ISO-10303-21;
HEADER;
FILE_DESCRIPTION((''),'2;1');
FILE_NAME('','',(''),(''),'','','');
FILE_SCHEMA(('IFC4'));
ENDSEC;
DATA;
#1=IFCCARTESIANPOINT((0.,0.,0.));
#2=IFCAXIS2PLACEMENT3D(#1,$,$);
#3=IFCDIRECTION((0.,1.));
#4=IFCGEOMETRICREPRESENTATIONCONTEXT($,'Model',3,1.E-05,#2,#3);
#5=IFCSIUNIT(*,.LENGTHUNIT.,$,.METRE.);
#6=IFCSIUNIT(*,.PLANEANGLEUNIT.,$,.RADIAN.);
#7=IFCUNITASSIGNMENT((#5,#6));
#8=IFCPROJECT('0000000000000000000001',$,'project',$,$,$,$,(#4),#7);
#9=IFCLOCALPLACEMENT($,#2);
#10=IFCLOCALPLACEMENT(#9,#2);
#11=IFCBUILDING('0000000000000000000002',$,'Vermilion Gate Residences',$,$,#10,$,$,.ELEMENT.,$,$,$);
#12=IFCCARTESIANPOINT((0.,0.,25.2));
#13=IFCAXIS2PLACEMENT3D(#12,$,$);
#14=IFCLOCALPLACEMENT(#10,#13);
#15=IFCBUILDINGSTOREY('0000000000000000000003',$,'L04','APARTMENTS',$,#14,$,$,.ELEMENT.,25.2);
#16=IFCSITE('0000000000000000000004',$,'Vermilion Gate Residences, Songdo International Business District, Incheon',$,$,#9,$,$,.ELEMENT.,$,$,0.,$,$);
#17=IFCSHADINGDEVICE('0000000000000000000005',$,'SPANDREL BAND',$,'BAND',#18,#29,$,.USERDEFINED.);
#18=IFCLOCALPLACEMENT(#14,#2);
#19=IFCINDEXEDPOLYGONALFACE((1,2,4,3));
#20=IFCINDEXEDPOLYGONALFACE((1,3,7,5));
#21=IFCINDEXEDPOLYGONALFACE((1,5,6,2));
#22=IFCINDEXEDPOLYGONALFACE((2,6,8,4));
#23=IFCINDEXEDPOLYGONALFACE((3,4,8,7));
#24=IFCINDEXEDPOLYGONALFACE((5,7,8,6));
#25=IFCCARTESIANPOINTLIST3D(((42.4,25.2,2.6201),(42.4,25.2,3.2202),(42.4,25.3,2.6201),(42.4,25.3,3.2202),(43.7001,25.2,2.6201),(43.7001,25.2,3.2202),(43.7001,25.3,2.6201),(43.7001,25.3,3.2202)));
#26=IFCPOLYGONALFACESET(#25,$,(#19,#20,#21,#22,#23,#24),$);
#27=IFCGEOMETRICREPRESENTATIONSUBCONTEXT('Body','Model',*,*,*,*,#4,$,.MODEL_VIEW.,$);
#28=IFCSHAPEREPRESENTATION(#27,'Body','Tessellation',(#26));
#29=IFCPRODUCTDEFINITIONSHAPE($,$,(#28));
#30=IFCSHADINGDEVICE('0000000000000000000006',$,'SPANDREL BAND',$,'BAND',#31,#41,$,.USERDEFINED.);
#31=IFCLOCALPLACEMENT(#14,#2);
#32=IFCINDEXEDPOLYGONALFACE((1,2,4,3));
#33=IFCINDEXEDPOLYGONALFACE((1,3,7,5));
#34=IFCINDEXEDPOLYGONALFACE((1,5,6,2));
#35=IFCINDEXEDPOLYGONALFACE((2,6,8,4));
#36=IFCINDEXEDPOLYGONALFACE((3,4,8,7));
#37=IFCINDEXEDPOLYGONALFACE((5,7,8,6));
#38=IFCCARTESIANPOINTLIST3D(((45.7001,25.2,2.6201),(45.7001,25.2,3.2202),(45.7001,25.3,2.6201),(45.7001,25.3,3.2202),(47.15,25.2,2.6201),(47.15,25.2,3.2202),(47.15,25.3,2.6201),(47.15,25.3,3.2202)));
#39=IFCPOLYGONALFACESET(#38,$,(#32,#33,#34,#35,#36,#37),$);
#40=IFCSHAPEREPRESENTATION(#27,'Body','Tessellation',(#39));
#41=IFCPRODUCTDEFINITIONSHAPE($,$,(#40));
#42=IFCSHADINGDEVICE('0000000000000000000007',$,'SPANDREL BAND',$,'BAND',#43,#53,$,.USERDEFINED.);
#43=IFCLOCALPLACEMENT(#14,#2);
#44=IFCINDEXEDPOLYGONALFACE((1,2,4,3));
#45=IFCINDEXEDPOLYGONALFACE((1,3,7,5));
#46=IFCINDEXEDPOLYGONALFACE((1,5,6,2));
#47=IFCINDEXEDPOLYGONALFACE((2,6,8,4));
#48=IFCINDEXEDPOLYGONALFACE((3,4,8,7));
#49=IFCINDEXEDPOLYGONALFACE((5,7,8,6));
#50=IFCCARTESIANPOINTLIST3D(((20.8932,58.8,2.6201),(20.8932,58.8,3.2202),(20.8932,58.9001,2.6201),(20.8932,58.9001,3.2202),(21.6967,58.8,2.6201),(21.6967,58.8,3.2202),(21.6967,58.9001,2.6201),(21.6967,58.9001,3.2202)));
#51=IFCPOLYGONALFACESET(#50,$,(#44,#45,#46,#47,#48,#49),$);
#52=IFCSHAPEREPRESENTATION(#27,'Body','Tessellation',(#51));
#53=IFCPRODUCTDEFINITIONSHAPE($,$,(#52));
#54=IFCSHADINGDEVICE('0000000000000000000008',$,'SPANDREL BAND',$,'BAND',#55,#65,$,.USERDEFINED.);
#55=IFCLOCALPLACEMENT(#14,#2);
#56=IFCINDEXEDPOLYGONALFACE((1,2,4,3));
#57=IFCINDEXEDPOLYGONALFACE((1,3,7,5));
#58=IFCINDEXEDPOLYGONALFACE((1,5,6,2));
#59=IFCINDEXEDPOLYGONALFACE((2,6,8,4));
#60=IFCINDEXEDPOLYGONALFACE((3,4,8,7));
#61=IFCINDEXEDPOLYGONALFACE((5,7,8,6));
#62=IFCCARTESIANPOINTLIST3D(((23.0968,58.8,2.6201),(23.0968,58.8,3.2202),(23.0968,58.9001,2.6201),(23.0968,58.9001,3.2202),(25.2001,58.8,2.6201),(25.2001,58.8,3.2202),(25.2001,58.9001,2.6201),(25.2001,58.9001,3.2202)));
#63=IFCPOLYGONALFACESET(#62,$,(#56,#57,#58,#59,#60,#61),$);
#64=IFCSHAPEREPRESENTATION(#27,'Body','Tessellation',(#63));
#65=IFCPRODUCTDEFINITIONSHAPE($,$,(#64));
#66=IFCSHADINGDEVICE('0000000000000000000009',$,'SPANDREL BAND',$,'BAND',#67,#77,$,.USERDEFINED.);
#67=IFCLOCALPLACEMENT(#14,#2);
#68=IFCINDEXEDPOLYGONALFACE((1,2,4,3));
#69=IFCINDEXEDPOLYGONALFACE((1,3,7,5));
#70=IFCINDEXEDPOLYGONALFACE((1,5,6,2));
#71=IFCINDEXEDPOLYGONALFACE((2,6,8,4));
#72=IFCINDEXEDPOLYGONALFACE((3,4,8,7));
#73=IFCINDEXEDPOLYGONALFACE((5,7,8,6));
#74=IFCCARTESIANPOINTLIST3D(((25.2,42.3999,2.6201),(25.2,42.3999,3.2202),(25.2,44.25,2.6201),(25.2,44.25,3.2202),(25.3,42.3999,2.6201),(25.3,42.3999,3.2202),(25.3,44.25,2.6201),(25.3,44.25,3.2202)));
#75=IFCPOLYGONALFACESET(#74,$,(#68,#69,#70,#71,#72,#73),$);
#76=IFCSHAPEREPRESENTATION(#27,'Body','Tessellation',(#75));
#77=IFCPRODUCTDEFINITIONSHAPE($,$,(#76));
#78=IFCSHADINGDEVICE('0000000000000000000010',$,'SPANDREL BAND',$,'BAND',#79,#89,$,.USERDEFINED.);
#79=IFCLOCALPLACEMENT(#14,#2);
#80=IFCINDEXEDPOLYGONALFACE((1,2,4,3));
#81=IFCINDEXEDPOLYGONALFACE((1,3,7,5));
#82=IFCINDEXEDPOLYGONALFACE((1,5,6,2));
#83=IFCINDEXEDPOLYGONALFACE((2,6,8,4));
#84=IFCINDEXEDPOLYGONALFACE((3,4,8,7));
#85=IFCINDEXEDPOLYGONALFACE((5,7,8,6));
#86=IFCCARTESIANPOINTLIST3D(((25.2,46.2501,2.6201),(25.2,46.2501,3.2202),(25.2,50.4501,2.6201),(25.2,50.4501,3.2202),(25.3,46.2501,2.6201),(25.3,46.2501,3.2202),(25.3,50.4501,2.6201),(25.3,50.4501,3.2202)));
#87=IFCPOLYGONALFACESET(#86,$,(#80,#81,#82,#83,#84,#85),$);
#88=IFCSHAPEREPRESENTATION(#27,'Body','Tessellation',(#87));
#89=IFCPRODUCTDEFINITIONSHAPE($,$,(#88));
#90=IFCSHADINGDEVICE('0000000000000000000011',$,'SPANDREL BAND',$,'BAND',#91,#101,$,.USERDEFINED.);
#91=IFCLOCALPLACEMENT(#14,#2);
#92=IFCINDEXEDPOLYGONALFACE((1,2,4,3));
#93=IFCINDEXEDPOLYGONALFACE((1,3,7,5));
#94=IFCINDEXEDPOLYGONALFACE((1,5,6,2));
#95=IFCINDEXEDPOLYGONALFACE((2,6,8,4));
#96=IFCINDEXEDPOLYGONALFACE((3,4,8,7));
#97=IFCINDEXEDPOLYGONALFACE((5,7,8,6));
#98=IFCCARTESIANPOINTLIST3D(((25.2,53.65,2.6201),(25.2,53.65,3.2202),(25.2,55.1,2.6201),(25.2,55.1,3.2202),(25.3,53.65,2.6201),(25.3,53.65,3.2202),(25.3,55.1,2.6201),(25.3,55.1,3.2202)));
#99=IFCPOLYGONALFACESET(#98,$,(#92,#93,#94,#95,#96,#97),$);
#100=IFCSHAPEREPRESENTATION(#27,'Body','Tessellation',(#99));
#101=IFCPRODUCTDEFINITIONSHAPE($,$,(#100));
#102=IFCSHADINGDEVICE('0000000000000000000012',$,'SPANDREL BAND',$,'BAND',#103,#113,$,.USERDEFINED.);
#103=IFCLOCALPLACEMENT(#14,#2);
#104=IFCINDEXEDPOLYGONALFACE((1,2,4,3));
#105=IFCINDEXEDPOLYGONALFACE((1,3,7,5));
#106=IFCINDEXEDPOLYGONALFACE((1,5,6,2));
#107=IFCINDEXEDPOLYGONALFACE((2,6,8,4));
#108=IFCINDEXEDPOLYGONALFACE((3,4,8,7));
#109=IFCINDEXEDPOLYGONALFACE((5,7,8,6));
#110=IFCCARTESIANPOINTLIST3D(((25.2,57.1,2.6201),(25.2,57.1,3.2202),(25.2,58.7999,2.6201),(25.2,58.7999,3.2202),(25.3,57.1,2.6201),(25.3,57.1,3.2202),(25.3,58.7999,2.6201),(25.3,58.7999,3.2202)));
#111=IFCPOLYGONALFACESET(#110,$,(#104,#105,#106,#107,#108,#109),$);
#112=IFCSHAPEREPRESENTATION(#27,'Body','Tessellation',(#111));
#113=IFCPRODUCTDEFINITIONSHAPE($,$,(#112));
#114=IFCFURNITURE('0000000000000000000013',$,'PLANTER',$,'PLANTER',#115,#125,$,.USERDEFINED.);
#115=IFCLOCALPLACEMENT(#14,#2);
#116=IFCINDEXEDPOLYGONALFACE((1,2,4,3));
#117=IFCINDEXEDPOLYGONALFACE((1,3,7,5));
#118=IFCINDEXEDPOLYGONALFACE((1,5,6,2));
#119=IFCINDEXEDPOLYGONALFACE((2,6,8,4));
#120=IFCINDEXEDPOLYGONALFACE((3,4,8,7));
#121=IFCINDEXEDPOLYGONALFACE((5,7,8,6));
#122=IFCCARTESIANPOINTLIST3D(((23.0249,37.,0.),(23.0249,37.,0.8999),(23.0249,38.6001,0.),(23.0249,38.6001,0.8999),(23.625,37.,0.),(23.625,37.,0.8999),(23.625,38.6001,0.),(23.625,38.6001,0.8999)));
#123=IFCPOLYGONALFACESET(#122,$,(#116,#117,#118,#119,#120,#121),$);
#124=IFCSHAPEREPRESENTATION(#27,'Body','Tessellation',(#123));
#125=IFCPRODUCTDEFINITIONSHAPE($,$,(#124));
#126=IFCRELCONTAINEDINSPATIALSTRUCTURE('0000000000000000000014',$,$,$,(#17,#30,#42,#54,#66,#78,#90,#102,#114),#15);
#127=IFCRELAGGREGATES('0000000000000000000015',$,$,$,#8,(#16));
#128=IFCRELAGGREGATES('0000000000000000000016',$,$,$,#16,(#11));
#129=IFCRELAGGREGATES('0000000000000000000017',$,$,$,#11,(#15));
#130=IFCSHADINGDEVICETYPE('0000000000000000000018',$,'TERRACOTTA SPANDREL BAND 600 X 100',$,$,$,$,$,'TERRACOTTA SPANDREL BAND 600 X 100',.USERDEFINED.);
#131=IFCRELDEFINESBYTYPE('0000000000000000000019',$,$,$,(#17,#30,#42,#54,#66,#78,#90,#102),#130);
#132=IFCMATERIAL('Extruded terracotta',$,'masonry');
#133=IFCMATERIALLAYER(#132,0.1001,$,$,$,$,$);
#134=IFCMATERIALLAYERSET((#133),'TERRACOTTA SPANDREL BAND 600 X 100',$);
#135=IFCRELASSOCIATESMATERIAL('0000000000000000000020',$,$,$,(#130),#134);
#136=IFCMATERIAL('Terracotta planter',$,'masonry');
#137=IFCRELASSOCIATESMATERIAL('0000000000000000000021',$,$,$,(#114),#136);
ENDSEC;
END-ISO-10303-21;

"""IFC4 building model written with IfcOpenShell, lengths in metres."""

from ifc_helpers import new_model, si_unit, direction, frame, origin, origin_2d, place, context, subcontext, project, spatial, rectangle, extrude, material, layer, layer_set, type_object, element, save


model = new_model("IFC4")

# Units and contexts
model_context = context("Model", 3, precision=1e-05, world=origin(), true_north=direction((0.0, 1.0)))
body_context = subcontext(model_context, "Body", "Model", "MODEL_VIEW")
ifc_project = project(units=[si_unit("LENGTHUNIT", "METRE"), si_unit("PLANEANGLEUNIT", "RADIAN")], contexts=[model_context])

# Site, building, storey
site_placement = place(None, origin())
site = spatial("IfcSite", under=ifc_project, at=site_placement, Name="Vermilion Gate Residences, Songdo International Business District, Incheon", CompositionType="ELEMENT", RefElevation=0.0)
building_placement = place(site_placement, origin())
building = spatial("IfcBuilding", under=site, at=building_placement, Name="Vermilion Gate Residences", CompositionType="ELEMENT")
storey_placement = place(building_placement, frame((0.0, 0.0, 25.2)))
storey = spatial("IfcBuildingStorey", under=building, at=storey_placement, Name="L04", Description="APARTMENTS", CompositionType="ELEMENT", Elevation=25.2)

# Shading devices
ifc_material_1 = material(Name="Extruded terracotta", Category="masonry")
ifc_layer_1 = layer(ifc_material_1, 0.1001)
ifc_layer_set_1 = layer_set([ifc_layer_1], Name="TERRACOTTA SPANDREL BAND 600 X 100")
shading_device_type_1 = type_object("IfcShadingDeviceType", Name="TERRACOTTA SPANDREL BAND 600 X 100", ElementType="TERRACOTTA SPANDREL BAND 600 X 100", PredefinedType="USERDEFINED", material=ifc_layer_set_1)
shading_device_1_placement = place(storey_placement, frame((43.05, 25.25, 2.6201), z_axis=(0.0, 0.0, 1.0), x_axis=(1.0, 0.0, 0.0)))
element("IfcShadingDevice", 1, at=shading_device_1_placement, inside=storey, type_object=shading_device_type_1, Name="SPANDREL BAND", ObjectType="BAND", PredefinedType="USERDEFINED", context=body_context, shape_type="SweptSolid", body=[
    extrude(rectangle(XDim=1.3, YDim=0.1001, at=origin_2d()), origin(), (0.0, 0.0, 1.0), 0.6001),
])
shading_device_2_placement = place(storey_placement, frame((46.425, 25.25, 2.6201), z_axis=(0.0, 0.0, 1.0), x_axis=(1.0, 0.0, 0.0)))
element("IfcShadingDevice", 2, at=shading_device_2_placement, inside=storey, type_object=shading_device_type_1, Name="SPANDREL BAND", ObjectType="BAND", PredefinedType="USERDEFINED", context=body_context, shape_type="SweptSolid", body=[
    extrude(rectangle(XDim=1.45, YDim=0.1001, at=origin_2d()), origin(), (0.0, 0.0, 1.0), 0.6001),
])
shading_device_3_placement = place(storey_placement, frame((21.2949, 58.8501, 2.6201), z_axis=(0.0, 0.0, 1.0), x_axis=(1.0, 0.0, 0.0)))
element("IfcShadingDevice", 3, at=shading_device_3_placement, inside=storey, type_object=shading_device_type_1, Name="SPANDREL BAND", ObjectType="BAND", PredefinedType="USERDEFINED", context=body_context, shape_type="SweptSolid", body=[
    extrude(rectangle(XDim=0.8035, YDim=0.1001, at=origin_2d()), origin(), (0.0, 0.0, 1.0), 0.6001),
])
shading_device_4_placement = place(storey_placement, frame((24.1484, 58.8501, 2.6201), z_axis=(0.0, 0.0, 1.0), x_axis=(1.0, 0.0, 0.0)))
element("IfcShadingDevice", 4, at=shading_device_4_placement, inside=storey, type_object=shading_device_type_1, Name="SPANDREL BAND", ObjectType="BAND", PredefinedType="USERDEFINED", context=body_context, shape_type="SweptSolid", body=[
    extrude(rectangle(XDim=2.1033, YDim=0.1001, at=origin_2d()), origin(), (0.0, 0.0, 1.0), 0.6001),
])
shading_device_5_placement = place(storey_placement, frame((25.25, 43.325, 2.6201), z_axis=(0.0, 0.0, 1.0), x_axis=(0.0, 1.0, 0.0)))
element("IfcShadingDevice", 5, at=shading_device_5_placement, inside=storey, type_object=shading_device_type_1, Name="SPANDREL BAND", ObjectType="BAND", PredefinedType="USERDEFINED", context=body_context, shape_type="SweptSolid", body=[
    extrude(rectangle(XDim=1.8501, YDim=0.1001, at=origin_2d()), origin(), (0.0, 0.0, 1.0), 0.6001),
])
shading_device_6_placement = place(storey_placement, frame((25.25, 48.3501, 2.6201), z_axis=(0.0, 0.0, 1.0), x_axis=(0.0, 1.0, 0.0)))
element("IfcShadingDevice", 6, at=shading_device_6_placement, inside=storey, type_object=shading_device_type_1, Name="SPANDREL BAND", ObjectType="BAND", PredefinedType="USERDEFINED", context=body_context, shape_type="SweptSolid", body=[
    extrude(rectangle(XDim=4.2, YDim=0.1001, at=origin_2d()), origin(), (0.0, 0.0, 1.0), 0.6001),
])
shading_device_7_placement = place(storey_placement, frame((25.25, 54.375, 2.6201), z_axis=(0.0, 0.0, 1.0), x_axis=(0.0, 1.0, 0.0)))
element("IfcShadingDevice", 7, at=shading_device_7_placement, inside=storey, type_object=shading_device_type_1, Name="SPANDREL BAND", ObjectType="BAND", PredefinedType="USERDEFINED", context=body_context, shape_type="SweptSolid", body=[
    extrude(rectangle(XDim=1.45, YDim=0.1001, at=origin_2d()), origin(), (0.0, 0.0, 1.0), 0.6001),
])
shading_device_8_placement = place(storey_placement, frame((25.25, 57.95, 2.6201), z_axis=(0.0, 0.0, 1.0), x_axis=(0.0, 1.0, 0.0)))
element("IfcShadingDevice", 8, at=shading_device_8_placement, inside=storey, type_object=shading_device_type_1, Name="SPANDREL BAND", ObjectType="BAND", PredefinedType="USERDEFINED", context=body_context, shape_type="SweptSolid", body=[
    extrude(rectangle(XDim=1.7, YDim=0.1001, at=origin_2d()), origin(), (0.0, 0.0, 1.0), 0.6001),
])

# Furniture
ifc_material_2 = material(Name="Terracotta planter", Category="masonry")
furniture_placement = place(storey_placement, frame((23.325, 37.8, 0.0), z_axis=(0.0, 0.0, 1.0), x_axis=(0.0, 1.0, 0.0)))
element("IfcFurniture", 9, at=furniture_placement, inside=storey, material=ifc_material_2, Name="PLANTER", ObjectType="PLANTER", PredefinedType="USERDEFINED", context=body_context, shape_type="SweptSolid", body=[
    extrude(rectangle(XDim=1.6001, YDim=0.6001, at=origin_2d()), origin(), (0.0, 0.0, 1.0), 0.8999),
])

save(model, "model.ifc")
